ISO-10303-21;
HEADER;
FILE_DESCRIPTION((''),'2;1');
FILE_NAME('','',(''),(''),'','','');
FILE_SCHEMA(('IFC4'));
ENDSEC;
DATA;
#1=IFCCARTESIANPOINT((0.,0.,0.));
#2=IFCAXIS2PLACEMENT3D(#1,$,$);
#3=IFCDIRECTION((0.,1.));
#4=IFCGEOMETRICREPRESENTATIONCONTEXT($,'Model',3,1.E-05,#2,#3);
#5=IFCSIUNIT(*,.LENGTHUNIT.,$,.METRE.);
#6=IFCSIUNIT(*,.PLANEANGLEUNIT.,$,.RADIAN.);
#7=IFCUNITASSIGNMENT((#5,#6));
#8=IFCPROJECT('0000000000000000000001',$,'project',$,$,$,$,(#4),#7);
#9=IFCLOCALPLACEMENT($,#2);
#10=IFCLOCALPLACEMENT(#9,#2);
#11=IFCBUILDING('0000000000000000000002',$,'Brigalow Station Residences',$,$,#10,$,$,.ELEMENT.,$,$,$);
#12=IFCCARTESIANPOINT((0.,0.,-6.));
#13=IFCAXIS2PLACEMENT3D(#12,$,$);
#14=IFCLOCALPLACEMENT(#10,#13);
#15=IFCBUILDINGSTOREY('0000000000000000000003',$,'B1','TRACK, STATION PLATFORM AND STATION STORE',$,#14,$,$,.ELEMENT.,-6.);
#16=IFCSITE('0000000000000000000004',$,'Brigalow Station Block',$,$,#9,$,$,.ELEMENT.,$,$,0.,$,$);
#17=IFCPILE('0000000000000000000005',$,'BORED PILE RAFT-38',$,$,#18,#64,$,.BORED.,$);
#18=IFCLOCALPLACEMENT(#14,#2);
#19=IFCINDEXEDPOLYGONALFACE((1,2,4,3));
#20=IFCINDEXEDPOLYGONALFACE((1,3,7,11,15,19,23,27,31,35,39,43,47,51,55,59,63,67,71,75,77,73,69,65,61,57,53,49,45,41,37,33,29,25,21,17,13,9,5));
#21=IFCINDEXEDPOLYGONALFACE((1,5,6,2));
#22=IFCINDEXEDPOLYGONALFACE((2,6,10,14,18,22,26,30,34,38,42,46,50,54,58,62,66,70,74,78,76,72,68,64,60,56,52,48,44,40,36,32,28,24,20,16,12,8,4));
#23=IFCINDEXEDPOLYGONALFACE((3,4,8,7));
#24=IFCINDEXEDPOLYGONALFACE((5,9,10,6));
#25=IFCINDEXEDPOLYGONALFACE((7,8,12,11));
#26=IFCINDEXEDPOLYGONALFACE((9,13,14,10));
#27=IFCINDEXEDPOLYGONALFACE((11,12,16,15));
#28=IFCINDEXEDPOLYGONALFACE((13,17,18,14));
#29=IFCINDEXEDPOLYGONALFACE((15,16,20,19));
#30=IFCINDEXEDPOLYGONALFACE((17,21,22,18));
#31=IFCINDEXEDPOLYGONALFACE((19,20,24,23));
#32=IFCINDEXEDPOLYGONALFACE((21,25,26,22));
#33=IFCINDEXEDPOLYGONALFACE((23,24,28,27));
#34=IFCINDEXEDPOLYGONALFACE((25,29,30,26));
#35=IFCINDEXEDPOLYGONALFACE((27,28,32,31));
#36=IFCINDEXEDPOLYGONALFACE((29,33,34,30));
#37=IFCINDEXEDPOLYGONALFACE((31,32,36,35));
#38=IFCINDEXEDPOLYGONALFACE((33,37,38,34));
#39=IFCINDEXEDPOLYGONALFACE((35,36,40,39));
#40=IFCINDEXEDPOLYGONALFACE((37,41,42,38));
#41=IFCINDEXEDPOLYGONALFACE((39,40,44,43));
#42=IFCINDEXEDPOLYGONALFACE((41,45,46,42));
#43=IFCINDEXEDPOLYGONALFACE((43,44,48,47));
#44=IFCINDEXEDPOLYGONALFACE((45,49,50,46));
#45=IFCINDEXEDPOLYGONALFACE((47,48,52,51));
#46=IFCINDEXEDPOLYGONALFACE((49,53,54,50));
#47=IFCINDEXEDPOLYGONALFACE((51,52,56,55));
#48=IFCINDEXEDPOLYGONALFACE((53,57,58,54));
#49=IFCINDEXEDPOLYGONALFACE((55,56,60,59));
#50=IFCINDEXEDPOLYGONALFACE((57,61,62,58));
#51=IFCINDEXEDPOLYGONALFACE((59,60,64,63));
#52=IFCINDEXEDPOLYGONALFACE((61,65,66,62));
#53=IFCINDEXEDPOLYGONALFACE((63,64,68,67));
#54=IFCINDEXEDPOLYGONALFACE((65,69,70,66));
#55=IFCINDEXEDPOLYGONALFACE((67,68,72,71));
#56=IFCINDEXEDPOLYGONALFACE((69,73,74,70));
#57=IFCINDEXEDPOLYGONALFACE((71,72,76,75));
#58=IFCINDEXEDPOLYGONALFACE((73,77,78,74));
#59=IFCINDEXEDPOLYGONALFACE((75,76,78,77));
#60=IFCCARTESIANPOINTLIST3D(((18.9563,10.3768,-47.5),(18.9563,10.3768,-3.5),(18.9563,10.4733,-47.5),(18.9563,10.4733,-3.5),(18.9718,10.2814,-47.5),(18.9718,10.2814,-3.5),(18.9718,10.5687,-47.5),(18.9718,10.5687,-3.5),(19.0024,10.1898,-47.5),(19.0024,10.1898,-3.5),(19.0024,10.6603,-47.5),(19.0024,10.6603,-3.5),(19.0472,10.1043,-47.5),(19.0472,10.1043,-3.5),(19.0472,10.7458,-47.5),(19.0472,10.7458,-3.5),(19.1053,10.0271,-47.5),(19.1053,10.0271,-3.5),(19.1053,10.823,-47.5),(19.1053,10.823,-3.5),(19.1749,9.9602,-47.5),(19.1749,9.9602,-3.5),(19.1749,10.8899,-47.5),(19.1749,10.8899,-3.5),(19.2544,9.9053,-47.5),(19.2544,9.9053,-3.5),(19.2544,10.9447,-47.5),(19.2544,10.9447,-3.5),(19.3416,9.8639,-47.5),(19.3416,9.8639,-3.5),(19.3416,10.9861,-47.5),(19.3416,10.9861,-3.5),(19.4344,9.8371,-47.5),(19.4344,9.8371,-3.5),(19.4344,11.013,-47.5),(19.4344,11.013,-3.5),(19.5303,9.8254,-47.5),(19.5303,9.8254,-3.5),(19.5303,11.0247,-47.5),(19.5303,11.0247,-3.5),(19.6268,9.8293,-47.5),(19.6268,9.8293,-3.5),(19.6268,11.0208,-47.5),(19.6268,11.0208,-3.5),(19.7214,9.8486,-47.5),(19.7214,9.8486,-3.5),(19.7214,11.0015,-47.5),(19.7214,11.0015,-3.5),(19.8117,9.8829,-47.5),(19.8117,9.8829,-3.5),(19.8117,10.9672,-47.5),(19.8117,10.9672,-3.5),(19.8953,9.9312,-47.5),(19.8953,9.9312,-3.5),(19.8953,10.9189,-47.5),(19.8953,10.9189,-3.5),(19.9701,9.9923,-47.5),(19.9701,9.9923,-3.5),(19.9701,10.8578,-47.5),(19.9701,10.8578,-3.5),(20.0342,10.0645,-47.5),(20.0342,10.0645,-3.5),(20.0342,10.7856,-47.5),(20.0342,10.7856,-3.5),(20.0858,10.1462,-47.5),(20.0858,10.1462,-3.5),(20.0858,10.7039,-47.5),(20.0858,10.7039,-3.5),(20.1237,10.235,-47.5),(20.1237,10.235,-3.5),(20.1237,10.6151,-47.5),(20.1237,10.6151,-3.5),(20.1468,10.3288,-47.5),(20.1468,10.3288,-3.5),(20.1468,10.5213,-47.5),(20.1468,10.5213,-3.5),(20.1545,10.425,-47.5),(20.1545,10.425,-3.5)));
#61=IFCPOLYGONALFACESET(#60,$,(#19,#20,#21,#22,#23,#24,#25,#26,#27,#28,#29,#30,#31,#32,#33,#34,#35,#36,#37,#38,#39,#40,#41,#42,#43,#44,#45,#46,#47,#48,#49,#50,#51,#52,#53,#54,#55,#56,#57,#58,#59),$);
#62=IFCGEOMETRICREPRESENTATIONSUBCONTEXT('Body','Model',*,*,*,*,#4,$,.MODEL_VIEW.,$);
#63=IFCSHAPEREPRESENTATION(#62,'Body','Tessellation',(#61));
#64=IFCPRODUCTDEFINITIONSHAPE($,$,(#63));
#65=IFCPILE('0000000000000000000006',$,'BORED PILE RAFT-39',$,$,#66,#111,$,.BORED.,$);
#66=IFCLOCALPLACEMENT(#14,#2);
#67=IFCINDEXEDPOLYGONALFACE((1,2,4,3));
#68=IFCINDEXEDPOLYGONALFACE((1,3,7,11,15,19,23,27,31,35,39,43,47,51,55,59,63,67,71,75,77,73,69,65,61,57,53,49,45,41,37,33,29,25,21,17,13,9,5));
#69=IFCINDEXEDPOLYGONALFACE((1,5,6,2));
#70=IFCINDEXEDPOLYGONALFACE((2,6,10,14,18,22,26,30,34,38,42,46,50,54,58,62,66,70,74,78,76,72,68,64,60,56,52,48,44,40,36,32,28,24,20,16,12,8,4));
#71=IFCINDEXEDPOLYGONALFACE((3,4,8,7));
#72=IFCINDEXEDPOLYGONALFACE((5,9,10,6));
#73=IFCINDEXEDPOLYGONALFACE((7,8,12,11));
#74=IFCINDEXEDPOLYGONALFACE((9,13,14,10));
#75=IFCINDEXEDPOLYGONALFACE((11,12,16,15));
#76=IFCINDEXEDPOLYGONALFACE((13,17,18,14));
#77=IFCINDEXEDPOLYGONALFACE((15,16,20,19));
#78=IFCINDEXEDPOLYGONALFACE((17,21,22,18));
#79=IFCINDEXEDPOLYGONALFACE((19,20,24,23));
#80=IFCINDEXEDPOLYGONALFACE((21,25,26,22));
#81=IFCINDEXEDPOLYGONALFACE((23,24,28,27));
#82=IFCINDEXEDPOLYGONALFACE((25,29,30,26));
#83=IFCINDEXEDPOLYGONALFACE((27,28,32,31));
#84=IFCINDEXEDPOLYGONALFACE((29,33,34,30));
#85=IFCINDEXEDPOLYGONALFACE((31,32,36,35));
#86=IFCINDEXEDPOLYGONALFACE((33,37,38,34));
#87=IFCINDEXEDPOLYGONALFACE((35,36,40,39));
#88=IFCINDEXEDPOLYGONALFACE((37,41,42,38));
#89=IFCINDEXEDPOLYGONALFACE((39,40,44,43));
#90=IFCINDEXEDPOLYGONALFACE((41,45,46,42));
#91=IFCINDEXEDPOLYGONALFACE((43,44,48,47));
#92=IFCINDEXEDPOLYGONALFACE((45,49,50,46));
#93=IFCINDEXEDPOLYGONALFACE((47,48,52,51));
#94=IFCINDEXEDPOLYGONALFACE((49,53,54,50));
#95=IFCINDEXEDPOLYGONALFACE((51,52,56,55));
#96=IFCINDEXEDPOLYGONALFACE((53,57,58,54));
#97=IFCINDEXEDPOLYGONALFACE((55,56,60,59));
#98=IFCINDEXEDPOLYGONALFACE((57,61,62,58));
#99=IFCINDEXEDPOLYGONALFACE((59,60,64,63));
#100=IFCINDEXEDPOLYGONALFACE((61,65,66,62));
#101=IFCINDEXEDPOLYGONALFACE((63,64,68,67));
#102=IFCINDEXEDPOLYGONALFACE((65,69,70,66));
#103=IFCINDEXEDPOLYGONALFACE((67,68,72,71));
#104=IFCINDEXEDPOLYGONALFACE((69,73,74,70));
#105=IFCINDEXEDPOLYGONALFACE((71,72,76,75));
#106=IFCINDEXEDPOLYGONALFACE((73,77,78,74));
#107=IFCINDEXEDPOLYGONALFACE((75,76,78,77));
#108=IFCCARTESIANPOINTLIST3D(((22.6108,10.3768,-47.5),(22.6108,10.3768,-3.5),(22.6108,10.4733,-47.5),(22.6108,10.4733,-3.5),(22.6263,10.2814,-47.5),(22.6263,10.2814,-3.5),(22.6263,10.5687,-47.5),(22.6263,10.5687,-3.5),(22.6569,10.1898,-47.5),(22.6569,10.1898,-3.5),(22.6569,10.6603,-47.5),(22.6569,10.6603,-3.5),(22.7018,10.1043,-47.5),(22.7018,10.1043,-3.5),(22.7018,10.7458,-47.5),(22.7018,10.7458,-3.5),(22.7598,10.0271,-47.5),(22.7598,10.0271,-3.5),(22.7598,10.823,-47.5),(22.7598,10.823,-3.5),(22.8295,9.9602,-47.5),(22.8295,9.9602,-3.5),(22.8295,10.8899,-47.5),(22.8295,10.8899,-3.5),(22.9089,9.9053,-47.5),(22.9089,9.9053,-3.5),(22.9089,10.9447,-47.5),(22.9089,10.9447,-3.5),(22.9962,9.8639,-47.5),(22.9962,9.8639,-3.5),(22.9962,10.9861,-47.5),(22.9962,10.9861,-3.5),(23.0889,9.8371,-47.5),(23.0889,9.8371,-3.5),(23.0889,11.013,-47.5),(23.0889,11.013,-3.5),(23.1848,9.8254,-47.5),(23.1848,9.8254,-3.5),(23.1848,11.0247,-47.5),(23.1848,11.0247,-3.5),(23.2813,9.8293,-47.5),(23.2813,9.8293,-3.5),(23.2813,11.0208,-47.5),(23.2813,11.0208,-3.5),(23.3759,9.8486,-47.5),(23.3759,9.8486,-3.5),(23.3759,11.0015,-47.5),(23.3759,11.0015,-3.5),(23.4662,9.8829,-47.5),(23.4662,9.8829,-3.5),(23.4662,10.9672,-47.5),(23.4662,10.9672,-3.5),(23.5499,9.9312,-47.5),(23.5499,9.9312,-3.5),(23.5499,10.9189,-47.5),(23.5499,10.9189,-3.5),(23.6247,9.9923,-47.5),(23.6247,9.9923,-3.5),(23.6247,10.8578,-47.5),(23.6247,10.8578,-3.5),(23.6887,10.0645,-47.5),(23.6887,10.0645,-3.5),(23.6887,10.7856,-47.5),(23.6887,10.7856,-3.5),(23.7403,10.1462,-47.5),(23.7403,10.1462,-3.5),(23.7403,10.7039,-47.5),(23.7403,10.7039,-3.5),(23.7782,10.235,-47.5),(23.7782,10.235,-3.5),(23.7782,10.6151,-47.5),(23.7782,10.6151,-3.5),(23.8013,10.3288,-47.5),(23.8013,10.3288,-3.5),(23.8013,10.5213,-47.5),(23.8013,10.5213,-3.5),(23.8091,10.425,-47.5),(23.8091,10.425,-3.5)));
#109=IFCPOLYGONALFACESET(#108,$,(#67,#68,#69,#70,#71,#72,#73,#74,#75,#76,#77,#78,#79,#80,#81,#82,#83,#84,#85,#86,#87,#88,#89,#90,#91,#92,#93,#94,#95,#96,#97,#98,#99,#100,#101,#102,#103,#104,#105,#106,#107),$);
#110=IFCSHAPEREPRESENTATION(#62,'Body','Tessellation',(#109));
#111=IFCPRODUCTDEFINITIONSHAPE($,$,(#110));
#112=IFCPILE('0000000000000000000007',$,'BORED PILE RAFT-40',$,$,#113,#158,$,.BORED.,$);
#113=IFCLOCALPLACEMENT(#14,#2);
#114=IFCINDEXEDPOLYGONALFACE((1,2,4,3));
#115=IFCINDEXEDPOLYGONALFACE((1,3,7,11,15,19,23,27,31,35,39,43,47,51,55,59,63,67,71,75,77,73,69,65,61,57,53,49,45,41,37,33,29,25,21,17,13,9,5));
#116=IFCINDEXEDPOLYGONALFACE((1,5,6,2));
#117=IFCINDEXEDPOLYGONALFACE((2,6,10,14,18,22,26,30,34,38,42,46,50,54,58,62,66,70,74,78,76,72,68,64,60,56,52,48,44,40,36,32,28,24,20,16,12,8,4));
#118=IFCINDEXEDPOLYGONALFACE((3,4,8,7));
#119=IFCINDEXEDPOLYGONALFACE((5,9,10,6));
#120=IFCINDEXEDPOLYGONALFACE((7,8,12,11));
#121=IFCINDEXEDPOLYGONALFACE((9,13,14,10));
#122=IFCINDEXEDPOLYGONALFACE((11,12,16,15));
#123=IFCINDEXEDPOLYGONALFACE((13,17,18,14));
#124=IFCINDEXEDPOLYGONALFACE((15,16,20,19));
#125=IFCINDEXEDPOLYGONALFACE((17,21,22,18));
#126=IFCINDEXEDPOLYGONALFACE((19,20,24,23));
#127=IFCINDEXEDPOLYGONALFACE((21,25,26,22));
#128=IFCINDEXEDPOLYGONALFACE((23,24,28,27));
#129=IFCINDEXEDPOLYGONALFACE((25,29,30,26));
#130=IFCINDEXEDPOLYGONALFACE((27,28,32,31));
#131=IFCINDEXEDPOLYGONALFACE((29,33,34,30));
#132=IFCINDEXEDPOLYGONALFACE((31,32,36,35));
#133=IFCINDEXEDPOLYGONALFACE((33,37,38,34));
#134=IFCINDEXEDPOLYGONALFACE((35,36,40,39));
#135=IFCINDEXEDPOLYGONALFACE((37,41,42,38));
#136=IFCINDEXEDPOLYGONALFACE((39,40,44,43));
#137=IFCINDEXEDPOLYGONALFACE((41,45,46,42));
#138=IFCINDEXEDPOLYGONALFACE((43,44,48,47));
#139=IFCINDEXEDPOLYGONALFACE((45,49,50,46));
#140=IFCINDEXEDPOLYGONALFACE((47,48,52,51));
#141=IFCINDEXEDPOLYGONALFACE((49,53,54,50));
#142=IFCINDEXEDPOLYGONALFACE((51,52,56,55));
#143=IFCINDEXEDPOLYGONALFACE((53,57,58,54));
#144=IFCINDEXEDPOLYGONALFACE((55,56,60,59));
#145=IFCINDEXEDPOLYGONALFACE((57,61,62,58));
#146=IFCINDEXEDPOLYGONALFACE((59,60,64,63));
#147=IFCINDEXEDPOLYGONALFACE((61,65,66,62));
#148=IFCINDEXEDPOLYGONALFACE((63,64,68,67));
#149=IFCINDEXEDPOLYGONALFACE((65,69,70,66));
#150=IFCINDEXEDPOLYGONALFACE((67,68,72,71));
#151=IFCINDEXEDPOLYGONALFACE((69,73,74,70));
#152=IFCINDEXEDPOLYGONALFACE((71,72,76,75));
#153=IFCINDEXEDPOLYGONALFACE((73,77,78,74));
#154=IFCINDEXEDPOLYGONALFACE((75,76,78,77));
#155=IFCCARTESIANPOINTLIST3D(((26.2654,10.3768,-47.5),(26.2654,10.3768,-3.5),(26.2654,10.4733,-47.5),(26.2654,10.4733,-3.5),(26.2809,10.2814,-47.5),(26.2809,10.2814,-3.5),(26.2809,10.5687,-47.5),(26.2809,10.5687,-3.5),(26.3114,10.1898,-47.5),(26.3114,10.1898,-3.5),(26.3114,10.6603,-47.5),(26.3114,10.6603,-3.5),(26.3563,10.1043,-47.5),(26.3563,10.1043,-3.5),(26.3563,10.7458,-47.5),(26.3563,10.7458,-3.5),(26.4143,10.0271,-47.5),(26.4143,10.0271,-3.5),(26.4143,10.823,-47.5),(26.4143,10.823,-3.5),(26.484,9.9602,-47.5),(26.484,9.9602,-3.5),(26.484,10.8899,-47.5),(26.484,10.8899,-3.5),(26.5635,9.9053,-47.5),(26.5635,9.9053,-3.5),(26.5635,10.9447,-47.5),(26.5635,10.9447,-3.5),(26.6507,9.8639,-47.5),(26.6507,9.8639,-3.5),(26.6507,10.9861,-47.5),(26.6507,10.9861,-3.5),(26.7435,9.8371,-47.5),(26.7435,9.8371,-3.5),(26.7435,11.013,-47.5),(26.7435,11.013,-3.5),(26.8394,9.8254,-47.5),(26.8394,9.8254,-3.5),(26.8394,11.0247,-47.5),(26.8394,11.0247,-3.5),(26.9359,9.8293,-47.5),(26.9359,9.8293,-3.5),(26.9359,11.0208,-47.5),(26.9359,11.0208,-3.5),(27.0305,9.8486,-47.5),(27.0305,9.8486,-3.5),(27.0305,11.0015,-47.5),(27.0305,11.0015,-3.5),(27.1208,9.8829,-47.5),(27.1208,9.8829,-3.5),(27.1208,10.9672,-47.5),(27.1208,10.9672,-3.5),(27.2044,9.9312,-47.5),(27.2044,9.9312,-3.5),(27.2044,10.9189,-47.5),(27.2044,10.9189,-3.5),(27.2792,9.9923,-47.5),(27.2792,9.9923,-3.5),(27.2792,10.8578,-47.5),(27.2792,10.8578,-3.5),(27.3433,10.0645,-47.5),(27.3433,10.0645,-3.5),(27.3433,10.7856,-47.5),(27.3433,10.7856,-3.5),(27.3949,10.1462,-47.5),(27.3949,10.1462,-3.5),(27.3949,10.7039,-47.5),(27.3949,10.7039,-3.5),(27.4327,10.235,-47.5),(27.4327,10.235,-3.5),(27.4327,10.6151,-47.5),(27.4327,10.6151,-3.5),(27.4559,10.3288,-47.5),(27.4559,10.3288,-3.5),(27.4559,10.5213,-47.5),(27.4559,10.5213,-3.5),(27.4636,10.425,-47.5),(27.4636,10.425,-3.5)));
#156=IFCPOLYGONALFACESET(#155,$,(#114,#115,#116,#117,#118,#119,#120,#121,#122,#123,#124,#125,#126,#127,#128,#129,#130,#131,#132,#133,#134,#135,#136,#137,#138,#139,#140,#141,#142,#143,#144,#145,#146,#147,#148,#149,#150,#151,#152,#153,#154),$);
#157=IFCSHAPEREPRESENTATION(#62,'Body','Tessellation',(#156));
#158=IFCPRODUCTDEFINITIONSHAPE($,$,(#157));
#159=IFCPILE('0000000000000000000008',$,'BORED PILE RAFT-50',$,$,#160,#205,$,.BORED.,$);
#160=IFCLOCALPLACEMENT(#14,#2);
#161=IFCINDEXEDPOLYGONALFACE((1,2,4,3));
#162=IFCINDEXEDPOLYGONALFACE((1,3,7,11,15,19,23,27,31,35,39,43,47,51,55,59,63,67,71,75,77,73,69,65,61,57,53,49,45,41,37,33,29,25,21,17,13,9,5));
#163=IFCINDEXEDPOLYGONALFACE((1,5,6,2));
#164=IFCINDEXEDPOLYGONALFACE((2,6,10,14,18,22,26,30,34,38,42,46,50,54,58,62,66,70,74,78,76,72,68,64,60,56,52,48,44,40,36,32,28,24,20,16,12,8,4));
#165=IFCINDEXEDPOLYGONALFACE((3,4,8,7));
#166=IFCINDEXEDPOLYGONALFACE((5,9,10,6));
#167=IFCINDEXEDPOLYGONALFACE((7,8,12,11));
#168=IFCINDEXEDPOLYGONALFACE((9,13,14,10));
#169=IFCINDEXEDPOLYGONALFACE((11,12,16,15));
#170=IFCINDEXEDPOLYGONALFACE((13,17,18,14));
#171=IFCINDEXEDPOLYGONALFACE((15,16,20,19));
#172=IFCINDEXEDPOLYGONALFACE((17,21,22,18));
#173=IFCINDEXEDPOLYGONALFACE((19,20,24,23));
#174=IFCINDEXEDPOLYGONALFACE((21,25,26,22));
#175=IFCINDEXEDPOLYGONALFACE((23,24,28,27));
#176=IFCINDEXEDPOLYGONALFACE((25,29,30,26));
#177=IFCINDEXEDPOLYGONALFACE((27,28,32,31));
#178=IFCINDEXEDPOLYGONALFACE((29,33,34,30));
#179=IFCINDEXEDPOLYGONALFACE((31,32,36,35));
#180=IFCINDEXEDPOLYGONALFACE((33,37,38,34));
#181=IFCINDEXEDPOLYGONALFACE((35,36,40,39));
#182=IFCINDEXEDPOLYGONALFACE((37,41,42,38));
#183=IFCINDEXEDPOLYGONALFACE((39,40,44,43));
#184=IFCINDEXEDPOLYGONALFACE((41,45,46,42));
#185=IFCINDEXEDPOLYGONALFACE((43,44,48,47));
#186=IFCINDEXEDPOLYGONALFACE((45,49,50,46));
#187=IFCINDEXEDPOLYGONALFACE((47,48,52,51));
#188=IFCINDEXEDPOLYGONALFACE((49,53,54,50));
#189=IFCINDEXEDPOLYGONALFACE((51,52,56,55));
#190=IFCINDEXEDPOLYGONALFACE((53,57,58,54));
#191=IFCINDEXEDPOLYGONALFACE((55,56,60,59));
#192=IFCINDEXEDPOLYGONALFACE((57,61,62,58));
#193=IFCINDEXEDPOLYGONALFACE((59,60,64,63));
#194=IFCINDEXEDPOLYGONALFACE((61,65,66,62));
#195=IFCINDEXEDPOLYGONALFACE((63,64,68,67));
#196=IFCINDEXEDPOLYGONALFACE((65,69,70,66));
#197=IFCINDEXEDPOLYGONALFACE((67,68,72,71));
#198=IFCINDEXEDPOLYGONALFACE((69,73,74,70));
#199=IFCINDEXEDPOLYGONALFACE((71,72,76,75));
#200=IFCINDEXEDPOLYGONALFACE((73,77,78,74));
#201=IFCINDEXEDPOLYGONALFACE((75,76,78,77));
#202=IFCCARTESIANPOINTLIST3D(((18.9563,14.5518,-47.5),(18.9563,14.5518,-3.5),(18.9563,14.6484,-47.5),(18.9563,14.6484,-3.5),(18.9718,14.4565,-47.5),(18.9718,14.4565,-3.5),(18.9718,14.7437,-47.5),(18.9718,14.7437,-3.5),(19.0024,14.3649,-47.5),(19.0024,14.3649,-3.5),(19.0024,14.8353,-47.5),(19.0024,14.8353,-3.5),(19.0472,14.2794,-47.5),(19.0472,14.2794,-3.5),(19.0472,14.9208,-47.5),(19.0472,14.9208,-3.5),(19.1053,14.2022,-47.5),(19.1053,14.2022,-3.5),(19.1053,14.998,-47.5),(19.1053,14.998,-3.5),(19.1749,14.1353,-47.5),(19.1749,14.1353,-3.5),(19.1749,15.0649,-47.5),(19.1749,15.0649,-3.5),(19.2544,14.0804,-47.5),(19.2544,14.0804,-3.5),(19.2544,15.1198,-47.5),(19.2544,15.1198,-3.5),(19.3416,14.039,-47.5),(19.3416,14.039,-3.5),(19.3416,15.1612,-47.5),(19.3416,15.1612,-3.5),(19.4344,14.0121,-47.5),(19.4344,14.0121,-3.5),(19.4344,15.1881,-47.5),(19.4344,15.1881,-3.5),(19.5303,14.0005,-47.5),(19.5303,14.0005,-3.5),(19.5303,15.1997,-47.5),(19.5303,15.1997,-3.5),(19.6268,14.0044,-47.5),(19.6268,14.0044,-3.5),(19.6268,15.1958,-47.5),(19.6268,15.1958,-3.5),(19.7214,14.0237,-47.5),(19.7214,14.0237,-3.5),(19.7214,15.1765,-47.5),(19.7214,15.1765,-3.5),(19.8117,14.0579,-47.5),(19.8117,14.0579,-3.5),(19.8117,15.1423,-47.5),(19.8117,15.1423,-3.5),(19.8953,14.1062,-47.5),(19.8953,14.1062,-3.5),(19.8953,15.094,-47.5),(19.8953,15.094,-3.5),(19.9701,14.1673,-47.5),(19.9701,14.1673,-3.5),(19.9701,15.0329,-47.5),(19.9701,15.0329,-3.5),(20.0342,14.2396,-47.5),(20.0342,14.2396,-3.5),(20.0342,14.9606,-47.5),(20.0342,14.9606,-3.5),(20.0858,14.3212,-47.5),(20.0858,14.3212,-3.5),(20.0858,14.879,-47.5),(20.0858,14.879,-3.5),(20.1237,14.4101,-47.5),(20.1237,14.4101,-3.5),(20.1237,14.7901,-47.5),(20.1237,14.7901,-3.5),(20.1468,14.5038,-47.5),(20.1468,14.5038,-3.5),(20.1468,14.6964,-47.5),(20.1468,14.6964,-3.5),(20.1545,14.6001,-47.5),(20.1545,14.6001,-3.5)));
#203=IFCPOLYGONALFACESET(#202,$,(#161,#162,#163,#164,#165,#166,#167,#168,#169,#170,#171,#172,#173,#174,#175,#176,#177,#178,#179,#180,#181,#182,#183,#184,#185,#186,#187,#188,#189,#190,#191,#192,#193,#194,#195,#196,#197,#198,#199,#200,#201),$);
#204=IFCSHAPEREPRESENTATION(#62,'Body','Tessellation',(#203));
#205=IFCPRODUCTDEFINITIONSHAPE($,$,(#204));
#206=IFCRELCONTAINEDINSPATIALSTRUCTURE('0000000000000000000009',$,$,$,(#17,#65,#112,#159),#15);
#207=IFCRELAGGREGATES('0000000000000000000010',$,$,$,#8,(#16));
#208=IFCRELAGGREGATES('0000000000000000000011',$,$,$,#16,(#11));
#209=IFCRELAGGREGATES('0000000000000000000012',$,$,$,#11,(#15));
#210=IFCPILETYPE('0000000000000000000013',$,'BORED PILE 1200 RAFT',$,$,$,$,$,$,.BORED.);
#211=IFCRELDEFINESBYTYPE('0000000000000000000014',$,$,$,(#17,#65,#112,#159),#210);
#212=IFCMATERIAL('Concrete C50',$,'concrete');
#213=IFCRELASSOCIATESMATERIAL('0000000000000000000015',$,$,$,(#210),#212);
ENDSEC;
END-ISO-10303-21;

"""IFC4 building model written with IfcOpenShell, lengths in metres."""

from ifc_helpers import new_model, si_unit, direction, frame, origin, origin_2d, place, context, subcontext, project, spatial, circle, extrude, material, material_profile, profile_set, type_object, element, save


model = new_model("IFC4")

# Units and contexts
model_context = context("Model", 3, precision=1e-05, world=origin(), true_north=direction((0.0, 1.0)))
body_context = subcontext(model_context, "Body", "Model", "MODEL_VIEW")
ifc_project = project(units=[si_unit("LENGTHUNIT", "METRE"), si_unit("PLANEANGLEUNIT", "RADIAN")], contexts=[model_context])

# Site, building, storey
site_placement = place(None, origin())
site = spatial("IfcSite", under=ifc_project, at=site_placement, Name="Brigalow Station Block", CompositionType="ELEMENT", RefElevation=0.0)
building_placement = place(site_placement, origin())
building = spatial("IfcBuilding", under=site, at=building_placement, Name="Brigalow Station Residences", CompositionType="ELEMENT")
storey_placement = place(building_placement, frame((0.0, 0.0, -6.0)))
storey = spatial("IfcBuildingStorey", under=building, at=storey_placement, Name="B1", Description="TRACK, STATION PLATFORM AND STATION STORE", CompositionType="ELEMENT", Elevation=-6.0)

# Piles
ifc_material_1 = material(Name="Concrete C50", Category="concrete")
ifc_material_profile_1 = material_profile(ifc_material_1, circle(Radius=0.6001, at=origin_2d()), Name="BP1200")
ifc_profile_set_1 = profile_set([ifc_material_profile_1], Name="Concrete C50")
pile_type_1 = type_object("IfcPileType", Name="BORED PILE 1200 RAFT", PredefinedType="BORED", material=ifc_profile_set_1)
for number, where, z_axis, x_axis, name in (
    (1, (19.5544, 10.425, -3.5), (0.0, 0.0, -1.0), (1.0, 0.0, 0.0), "BORED PILE RAFT-38"),
    (2, (23.209, 10.425, -3.5), (0.0, 0.0, -1.0), (1.0, 0.0, 0.0), "BORED PILE RAFT-39"),
    (3, (26.8635, 10.425, -3.5), (0.0, 0.0, -1.0), (1.0, 0.0, 0.0), "BORED PILE RAFT-40"),
    (4, (19.5544, 14.6001, -3.5), (0.0, 0.0, -1.0), (1.0, 0.0, 0.0), "BORED PILE RAFT-50"),
):
    element("IfcPile", number, at=place(storey_placement, frame(where, z_axis=z_axis, x_axis=x_axis)), inside=storey, type_object=pile_type_1, Name=name, PredefinedType="BORED", context=body_context, shape_type="SweptSolid", body=[
        extrude(circle(Radius=0.6001, at=origin_2d()), origin(), (0.0, 0.0, 1.0), 44.0),
    ])

save(model, "model.ifc")
